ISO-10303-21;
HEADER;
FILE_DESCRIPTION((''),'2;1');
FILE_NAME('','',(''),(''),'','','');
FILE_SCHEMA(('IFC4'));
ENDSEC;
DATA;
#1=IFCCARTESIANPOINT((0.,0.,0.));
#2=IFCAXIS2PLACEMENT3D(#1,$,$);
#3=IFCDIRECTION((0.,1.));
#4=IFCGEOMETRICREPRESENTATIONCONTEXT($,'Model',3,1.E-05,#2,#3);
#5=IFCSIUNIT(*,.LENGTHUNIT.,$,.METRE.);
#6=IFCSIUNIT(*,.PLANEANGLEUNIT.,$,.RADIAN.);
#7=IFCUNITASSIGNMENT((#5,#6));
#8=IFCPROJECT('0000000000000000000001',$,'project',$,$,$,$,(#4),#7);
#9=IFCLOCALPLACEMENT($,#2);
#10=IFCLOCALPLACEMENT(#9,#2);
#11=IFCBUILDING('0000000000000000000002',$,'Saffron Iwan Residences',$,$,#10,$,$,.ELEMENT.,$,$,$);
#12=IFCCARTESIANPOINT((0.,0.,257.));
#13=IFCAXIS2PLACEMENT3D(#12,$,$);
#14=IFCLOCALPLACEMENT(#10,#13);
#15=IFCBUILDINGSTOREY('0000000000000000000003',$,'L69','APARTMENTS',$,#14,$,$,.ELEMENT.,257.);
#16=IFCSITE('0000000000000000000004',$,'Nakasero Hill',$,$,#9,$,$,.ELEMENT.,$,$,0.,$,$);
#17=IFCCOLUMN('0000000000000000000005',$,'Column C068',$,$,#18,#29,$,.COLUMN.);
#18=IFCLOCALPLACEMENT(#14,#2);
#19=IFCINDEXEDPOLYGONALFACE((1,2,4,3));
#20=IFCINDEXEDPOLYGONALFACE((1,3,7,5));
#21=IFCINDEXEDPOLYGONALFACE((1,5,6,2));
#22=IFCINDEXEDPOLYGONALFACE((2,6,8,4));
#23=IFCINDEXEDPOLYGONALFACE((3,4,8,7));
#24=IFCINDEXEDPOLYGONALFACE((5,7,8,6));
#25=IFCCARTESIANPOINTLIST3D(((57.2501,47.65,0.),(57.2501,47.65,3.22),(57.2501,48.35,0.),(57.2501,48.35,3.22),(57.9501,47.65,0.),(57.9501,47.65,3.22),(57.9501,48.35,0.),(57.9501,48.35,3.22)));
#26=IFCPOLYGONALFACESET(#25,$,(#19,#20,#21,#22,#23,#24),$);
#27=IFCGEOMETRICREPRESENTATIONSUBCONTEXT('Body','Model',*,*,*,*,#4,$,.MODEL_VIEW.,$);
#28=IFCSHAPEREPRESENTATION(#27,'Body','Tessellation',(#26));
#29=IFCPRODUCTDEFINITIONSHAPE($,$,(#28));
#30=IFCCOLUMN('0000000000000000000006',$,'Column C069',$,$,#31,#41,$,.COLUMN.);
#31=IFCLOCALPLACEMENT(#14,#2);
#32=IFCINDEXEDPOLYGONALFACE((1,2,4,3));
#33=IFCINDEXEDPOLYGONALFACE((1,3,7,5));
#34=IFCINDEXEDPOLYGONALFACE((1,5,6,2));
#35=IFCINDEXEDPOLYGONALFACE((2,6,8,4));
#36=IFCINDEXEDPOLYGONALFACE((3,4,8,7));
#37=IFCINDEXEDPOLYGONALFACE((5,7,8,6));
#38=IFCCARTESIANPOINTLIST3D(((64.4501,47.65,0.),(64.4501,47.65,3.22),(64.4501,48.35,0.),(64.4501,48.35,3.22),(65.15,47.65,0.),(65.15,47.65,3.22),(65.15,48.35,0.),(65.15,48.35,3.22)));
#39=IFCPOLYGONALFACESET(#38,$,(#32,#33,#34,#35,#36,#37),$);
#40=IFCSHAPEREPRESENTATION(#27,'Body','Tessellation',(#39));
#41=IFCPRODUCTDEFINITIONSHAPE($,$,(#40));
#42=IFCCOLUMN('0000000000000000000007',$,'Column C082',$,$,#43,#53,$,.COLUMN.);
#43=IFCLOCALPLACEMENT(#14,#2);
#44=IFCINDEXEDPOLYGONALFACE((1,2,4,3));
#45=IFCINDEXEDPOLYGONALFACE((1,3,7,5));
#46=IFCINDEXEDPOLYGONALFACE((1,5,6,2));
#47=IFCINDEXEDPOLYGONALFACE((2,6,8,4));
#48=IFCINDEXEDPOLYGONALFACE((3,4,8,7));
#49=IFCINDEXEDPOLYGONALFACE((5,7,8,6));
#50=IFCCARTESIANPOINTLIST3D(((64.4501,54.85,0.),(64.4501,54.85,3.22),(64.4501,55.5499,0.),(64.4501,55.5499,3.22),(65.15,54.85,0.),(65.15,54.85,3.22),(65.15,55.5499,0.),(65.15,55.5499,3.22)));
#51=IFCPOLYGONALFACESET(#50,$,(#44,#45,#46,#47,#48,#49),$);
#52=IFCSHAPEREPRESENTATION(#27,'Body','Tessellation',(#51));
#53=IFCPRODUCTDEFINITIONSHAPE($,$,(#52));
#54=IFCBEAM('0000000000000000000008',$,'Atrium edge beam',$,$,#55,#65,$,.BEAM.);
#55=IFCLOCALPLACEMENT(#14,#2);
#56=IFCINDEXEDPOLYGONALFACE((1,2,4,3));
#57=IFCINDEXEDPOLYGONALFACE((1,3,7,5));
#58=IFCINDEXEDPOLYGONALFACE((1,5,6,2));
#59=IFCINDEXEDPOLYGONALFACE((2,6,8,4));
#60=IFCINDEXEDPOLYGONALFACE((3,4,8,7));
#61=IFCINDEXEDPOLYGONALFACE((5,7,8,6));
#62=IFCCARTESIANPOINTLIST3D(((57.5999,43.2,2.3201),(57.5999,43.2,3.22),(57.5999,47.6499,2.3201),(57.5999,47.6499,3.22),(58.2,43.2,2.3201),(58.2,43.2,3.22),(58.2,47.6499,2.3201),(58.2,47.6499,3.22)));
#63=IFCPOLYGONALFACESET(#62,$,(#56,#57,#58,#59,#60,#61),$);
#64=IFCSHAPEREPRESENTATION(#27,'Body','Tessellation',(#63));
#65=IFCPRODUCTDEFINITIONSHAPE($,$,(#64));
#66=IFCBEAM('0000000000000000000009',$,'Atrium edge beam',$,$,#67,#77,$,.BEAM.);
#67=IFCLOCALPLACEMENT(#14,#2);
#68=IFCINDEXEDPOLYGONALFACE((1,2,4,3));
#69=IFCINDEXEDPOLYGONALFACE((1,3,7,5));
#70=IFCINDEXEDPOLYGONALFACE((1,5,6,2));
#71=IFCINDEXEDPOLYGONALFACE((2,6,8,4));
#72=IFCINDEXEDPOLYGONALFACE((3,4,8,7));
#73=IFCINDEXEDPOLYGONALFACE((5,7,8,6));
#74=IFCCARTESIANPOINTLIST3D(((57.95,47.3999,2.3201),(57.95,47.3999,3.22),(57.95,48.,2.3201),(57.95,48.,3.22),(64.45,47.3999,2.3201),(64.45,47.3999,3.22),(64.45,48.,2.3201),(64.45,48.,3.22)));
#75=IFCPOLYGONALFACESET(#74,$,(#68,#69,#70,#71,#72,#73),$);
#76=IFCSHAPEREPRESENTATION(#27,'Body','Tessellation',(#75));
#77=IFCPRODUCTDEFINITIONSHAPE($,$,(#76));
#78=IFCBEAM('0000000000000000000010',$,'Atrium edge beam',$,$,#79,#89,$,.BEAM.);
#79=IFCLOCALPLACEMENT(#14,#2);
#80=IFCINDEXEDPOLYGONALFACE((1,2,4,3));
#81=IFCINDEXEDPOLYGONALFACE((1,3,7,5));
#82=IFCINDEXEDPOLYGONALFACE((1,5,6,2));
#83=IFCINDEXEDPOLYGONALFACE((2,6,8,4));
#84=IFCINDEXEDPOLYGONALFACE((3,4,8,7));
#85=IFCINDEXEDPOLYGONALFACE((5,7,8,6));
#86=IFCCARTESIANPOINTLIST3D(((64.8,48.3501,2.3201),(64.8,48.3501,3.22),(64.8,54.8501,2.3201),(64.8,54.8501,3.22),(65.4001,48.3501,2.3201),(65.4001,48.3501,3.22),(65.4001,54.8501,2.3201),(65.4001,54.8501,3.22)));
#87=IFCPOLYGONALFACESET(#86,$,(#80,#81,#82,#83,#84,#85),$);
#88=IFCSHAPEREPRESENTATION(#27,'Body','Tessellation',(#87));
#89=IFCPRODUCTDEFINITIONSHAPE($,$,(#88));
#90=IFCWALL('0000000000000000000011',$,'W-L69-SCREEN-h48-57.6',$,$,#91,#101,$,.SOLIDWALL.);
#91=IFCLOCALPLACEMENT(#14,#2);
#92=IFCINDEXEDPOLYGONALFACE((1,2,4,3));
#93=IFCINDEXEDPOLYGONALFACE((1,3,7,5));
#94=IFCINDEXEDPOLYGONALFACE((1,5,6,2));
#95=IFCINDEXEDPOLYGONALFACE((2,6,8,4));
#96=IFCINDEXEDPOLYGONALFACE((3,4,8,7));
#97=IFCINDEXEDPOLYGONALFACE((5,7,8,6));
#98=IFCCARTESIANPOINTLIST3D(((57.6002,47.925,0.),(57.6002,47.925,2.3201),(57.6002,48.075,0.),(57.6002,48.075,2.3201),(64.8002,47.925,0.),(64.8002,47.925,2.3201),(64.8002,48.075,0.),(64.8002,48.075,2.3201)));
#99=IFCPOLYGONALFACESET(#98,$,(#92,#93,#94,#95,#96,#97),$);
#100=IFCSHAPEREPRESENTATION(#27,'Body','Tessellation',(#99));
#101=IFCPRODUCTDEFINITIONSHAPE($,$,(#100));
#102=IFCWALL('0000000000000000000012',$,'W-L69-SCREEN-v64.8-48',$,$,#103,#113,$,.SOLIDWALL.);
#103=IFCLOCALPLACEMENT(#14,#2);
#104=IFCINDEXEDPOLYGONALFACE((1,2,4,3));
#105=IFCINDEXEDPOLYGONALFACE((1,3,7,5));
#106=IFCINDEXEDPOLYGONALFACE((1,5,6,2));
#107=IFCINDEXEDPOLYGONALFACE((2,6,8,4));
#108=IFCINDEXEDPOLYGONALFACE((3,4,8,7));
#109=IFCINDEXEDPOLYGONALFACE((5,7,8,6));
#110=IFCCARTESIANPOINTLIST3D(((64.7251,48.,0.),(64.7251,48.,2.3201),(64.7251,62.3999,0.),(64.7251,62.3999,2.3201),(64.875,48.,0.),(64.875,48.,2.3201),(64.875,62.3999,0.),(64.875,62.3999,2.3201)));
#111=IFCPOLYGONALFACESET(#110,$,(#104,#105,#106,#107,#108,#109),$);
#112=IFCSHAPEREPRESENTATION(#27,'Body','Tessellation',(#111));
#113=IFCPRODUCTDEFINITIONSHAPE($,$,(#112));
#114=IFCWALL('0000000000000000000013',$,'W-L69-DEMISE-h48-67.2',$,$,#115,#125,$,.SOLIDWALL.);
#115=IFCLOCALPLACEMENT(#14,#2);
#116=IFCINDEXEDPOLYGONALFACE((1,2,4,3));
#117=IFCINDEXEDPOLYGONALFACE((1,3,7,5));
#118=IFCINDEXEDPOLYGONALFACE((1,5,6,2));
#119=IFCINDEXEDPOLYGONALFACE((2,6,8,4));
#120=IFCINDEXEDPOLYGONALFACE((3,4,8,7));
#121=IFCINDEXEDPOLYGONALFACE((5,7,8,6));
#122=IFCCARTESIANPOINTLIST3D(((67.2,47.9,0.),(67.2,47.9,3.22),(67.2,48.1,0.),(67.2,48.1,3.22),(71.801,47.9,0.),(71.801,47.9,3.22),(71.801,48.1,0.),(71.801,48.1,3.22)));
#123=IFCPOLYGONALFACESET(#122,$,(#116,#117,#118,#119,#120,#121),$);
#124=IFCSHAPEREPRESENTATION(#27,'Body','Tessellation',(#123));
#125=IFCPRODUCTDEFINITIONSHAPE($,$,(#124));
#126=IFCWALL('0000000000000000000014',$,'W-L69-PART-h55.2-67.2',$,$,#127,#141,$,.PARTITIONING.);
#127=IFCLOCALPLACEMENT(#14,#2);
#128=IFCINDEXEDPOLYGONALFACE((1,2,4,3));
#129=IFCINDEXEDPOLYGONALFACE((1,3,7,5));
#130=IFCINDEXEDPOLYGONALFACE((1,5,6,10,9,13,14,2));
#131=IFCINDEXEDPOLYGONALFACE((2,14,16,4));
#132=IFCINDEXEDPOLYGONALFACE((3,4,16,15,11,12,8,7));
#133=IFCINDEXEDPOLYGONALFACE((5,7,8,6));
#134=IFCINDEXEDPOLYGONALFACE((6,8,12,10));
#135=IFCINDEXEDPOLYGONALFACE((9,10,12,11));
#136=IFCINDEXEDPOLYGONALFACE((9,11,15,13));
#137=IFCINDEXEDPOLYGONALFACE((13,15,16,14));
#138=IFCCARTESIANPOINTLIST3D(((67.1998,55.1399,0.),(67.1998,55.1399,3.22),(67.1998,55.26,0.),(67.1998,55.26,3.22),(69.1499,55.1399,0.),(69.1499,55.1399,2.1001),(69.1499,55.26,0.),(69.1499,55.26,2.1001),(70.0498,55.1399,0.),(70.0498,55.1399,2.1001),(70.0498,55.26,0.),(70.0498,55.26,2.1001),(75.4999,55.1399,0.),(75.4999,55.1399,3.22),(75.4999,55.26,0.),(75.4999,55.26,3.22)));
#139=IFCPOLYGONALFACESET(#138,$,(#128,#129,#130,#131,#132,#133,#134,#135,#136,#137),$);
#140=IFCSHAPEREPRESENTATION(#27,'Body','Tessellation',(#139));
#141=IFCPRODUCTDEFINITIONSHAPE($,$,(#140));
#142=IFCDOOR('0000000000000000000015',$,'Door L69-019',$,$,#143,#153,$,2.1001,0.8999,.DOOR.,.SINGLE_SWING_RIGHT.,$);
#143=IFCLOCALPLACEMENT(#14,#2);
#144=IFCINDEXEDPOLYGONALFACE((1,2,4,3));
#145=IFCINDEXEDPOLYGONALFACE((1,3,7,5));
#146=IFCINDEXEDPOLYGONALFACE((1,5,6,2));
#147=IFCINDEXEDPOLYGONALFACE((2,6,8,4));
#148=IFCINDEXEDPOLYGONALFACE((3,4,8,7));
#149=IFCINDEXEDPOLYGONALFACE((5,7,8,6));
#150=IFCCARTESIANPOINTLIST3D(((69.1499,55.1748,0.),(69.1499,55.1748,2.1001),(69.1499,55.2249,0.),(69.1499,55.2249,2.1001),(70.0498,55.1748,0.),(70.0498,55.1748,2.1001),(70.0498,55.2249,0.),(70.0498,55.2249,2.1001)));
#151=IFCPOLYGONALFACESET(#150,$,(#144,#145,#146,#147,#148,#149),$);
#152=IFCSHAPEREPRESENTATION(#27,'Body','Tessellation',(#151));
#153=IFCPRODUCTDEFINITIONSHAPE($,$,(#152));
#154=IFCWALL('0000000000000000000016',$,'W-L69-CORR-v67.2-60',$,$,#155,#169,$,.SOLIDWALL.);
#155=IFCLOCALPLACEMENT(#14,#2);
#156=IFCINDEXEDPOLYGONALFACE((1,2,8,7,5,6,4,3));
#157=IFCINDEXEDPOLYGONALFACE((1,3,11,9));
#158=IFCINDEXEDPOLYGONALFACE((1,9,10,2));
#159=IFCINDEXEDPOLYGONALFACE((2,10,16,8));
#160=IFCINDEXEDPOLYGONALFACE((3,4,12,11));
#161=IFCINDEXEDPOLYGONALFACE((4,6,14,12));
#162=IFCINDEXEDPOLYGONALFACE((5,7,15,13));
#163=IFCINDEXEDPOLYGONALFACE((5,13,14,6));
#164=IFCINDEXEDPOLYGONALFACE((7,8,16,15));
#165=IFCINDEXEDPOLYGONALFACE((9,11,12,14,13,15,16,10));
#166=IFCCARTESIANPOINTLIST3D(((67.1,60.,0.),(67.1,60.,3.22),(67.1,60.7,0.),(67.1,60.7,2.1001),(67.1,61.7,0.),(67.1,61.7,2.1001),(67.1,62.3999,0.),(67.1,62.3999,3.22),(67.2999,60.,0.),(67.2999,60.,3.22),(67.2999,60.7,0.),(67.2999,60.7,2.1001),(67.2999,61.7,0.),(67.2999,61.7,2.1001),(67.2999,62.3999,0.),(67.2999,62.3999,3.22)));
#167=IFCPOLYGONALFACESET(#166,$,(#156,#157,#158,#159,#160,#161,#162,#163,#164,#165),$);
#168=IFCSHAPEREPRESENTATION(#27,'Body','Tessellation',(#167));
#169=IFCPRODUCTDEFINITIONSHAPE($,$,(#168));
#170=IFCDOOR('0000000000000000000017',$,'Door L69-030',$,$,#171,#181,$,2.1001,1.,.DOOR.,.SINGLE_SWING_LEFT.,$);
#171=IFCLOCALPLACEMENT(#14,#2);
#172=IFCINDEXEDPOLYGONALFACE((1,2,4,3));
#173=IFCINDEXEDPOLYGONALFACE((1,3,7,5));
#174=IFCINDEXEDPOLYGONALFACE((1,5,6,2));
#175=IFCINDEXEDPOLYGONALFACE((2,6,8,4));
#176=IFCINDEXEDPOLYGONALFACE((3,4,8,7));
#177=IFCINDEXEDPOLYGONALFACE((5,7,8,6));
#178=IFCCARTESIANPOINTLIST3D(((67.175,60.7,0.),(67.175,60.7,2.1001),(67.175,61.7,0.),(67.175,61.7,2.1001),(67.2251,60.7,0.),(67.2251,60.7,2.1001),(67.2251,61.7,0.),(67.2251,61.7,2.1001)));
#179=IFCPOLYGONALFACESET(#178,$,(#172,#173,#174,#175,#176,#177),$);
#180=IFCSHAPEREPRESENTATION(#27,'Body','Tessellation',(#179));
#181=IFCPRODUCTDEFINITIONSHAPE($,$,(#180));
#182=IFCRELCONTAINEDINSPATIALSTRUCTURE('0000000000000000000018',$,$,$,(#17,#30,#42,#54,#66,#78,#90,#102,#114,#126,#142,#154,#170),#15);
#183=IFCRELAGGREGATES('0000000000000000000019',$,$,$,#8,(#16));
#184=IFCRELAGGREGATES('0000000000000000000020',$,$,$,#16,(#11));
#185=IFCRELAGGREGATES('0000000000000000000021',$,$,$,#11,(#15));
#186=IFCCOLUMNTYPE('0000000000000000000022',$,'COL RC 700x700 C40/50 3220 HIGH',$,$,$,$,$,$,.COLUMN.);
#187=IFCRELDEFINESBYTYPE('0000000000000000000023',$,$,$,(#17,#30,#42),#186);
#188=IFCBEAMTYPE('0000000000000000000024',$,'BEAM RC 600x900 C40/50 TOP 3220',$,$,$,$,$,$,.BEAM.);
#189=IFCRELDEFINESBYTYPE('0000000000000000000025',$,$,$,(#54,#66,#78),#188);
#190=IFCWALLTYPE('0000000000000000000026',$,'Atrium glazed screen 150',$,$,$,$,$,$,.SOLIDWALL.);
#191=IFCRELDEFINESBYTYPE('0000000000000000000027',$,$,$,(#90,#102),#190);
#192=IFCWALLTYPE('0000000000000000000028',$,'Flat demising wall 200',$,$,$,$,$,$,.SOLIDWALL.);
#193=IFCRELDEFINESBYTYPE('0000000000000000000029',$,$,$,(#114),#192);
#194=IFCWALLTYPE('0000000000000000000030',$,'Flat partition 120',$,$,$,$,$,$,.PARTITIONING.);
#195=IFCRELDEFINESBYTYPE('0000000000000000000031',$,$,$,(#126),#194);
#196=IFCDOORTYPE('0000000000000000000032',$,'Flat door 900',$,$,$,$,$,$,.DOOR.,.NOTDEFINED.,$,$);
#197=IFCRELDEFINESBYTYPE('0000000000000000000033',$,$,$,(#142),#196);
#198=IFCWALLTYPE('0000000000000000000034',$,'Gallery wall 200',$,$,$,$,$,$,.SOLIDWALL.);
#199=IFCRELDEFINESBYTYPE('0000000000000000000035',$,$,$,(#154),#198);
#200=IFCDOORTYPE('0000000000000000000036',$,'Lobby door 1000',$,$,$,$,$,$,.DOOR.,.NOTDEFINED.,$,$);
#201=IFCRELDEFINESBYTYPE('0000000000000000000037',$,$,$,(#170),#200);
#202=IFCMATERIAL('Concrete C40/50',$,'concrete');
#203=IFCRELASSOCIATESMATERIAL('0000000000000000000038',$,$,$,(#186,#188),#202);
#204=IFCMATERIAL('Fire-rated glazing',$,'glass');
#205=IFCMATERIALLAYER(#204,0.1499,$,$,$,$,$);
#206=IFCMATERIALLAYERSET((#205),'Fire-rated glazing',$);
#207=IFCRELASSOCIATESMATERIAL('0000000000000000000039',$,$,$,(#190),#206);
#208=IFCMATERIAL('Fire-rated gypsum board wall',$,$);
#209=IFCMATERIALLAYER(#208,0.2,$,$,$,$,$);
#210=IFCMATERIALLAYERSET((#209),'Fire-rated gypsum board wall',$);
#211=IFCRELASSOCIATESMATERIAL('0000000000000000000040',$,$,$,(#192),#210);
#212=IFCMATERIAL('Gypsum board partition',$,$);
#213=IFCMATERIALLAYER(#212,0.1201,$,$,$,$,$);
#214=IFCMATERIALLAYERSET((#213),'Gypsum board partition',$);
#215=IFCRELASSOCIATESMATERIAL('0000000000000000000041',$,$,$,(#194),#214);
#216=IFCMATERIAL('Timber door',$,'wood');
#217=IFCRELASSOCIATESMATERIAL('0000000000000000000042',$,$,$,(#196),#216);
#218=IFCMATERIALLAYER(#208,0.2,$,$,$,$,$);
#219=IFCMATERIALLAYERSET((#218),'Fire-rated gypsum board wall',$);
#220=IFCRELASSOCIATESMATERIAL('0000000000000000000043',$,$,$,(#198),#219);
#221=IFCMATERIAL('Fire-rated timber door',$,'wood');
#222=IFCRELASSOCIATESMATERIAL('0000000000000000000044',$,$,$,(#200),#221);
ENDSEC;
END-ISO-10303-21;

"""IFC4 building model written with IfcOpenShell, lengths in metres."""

from ifc_helpers import new_model, si_unit, direction, frame, frame_2d, origin, origin_2d, place, context, subcontext, project, spatial, rectangle, extrude, source, transform, mapped, material, layer, layer_set, material_profile, profile_set, type_object, element, fill, save


model = new_model("IFC4")

# Units and contexts
model_context = context("Model", 3, precision=1e-05, world=origin(), true_north=direction((0.0, 1.0)))
body_context = subcontext(model_context, "Body", "Model", "MODEL_VIEW")
ifc_project = project(units=[si_unit("LENGTHUNIT", "METRE"), si_unit("PLANEANGLEUNIT", "RADIAN")], contexts=[model_context])

# Site, building, storey
site_placement = place(None, origin())
site = spatial("IfcSite", under=ifc_project, at=site_placement, Name="Nakasero Hill", CompositionType="ELEMENT", RefElevation=0.0)
building_placement = place(site_placement, origin())
building = spatial("IfcBuilding", under=site, at=building_placement, Name="Saffron Iwan Residences", CompositionType="ELEMENT")
storey_placement = place(building_placement, frame((0.0, 0.0, 257.0)))
storey = spatial("IfcBuildingStorey", under=building, at=storey_placement, Name="L69", Description="APARTMENTS", CompositionType="ELEMENT", Elevation=257.0)

# Columns
ifc_material_1 = material(Name="Concrete C40/50", Category="concrete")
ifc_material_profile_1 = material_profile(ifc_material_1, rectangle(XDim=0.7, YDim=0.7, at=origin_2d()), Name="RC 700x700")
ifc_profile_set_1 = profile_set([ifc_material_profile_1], Name="Concrete C40/50")
column_type = type_object("IfcColumnType", Name="COL RC 700x700 C40/50 3220 HIGH", PredefinedType="COLUMN", material=ifc_profile_set_1)
shared_shape_1 = source(origin(), body_context, "Body", "SweptSolid", [
    extrude(rectangle(XDim=0.7, YDim=0.7, at=origin_2d()), origin(), (0.0, 0.0, 1.0), 3.22),
])
for number, where, z_axis, x_axis, name in (
    (1, (57.6001, 48.0, 0.0), (0.0, 0.0, 1.0), (1.0, 0.0, 0.0), "Column C068"),
    (2, (64.8, 48.0, 0.0), (0.0, 0.0, 1.0), (1.0, 0.0, 0.0), "Column C069"),
    (3, (64.8, 55.2, 0.0), (0.0, 0.0, 1.0), (1.0, 0.0, 0.0), "Column C082"),
):
    element("IfcColumn", number, at=place(storey_placement, frame(where, z_axis=z_axis, x_axis=x_axis)), inside=storey, type_object=column_type, Name=name, PredefinedType="COLUMN", context=body_context, shape_type="MappedRepresentation", body=[
        mapped(shared_shape_1, transform((0.0, 0.0, 0.0))),
    ])

# Beams
ifc_material_profile_2 = material_profile(ifc_material_1, rectangle(XDim=0.6001, YDim=0.8999, at=origin_2d()), Name="RC 600x900")
ifc_profile_set_2 = profile_set([ifc_material_profile_2], Name="Concrete C40/50")
beam_type = type_object("IfcBeamType", Name="BEAM RC 600x900 C40/50 TOP 3220", PredefinedType="BEAM", material=ifc_profile_set_2)
shared_shape_2 = source(origin(), body_context, "Body", "SweptSolid", [
    extrude(rectangle(XDim=0.6001, YDim=0.8999, at=origin_2d()), origin(), (0.0, 0.0, 1.0), 4.45),
])
beam_placement = place(storey_placement, frame((57.8999, 47.6499, 2.77), z_axis=(0.0, -1.0, 0.0), x_axis=(1.0, 0.0, 0.0)))
element("IfcBeam", 4, at=beam_placement, inside=storey, type_object=beam_type, Name="Atrium edge beam", PredefinedType="BEAM", context=body_context, shape_type="MappedRepresentation", body=[
    mapped(shared_shape_2, transform((0.0, 0.0, 0.0))),
])
shared_shape_3 = source(origin(), body_context, "Body", "SweptSolid", [
    extrude(rectangle(XDim=0.6001, YDim=0.8999, at=origin_2d()), origin(), (0.0, 0.0, 1.0), 6.5),
])
for number, where, z_axis, x_axis, name in (
    (5, (64.45, 47.7, 2.77), (-1.0, 0.0, 0.0), (0.0, -1.0, 0.0), "Atrium edge beam"),
    (6, (65.1001, 54.8501, 2.77), (0.0, -1.0, 0.0), (1.0, 0.0, 0.0), "Atrium edge beam"),
):
    element("IfcBeam", number, at=place(storey_placement, frame(where, z_axis=z_axis, x_axis=x_axis)), inside=storey, type_object=beam_type, Name=name, PredefinedType="BEAM", context=body_context, shape_type="MappedRepresentation", body=[
        mapped(shared_shape_3, transform((0.0, 0.0, 0.0))),
    ])

# Walls
ifc_material_2 = material(Name="Fire-rated glazing", Category="glass")
ifc_layer_1 = layer(ifc_material_2, 0.1499)
ifc_layer_set_1 = layer_set([ifc_layer_1], Name="Fire-rated glazing")
wall_type_1 = type_object("IfcWallType", Name="Atrium glazed screen 150", PredefinedType="SOLIDWALL", material=ifc_layer_set_1)
wall_1_placement = place(storey_placement, frame((57.6001, 48.0, 0.0), z_axis=(0.0, 0.0, 1.0), x_axis=(1.0, 0.0, 0.0)))
element("IfcWall", 7, at=wall_1_placement, inside=storey, type_object=wall_type_1, Name="W-L69-SCREEN-h48-57.6", PredefinedType="SOLIDWALL", context=body_context, shape_type="SweptSolid", body=[
    extrude(rectangle(XDim=7.2, YDim=0.1499, at=frame_2d((3.6001, 0.0))), origin(), (0.0, 0.0, 1.0), 2.3201),
])
wall_2_placement = place(storey_placement, frame((64.8, 48.0, 0.0), z_axis=(0.0, 0.0, 1.0), x_axis=(0.0, 1.0, 0.0)))
element("IfcWall", 8, at=wall_2_placement, inside=storey, type_object=wall_type_1, Name="W-L69-SCREEN-v64.8-48", PredefinedType="SOLIDWALL", context=body_context, shape_type="SweptSolid", body=[
    extrude(rectangle(XDim=14.3999, YDim=0.1499, at=frame_2d((7.2, 0.0))), origin(), (0.0, 0.0, 1.0), 2.3201),
])
ifc_material_3 = material(Name="Fire-rated gypsum board wall")
ifc_layer_2 = layer(ifc_material_3, 0.2)
ifc_layer_set_2 = layer_set([ifc_layer_2], Name="Fire-rated gypsum board wall")
wall_type_2 = type_object("IfcWallType", Name="Flat demising wall 200", PredefinedType="SOLIDWALL", material=ifc_layer_set_2)
wall_3_placement = place(storey_placement, frame((67.2, 48.0, 0.0), z_axis=(0.0, 0.0, 1.0), x_axis=(1.0, 0.0, 0.0)))
element("IfcWall", 9, at=wall_3_placement, inside=storey, type_object=wall_type_2, Name="W-L69-DEMISE-h48-67.2", PredefinedType="SOLIDWALL", context=body_context, shape_type="SweptSolid", body=[
    extrude(rectangle(XDim=4.6011, YDim=0.2, at=frame_2d((2.3005, 0.0))), origin(), (0.0, 0.0, 1.0), 3.22),
])

# Walls, openings, doors
ifc_material_4 = material(Name="Gypsum board partition")
ifc_layer_3 = layer(ifc_material_4, 0.1201)
ifc_layer_set_3 = layer_set([ifc_layer_3], Name="Gypsum board partition")
wall_type_3 = type_object("IfcWallType", Name="Flat partition 120", PredefinedType="PARTITIONING", material=ifc_layer_set_3)
wall_4_placement = place(storey_placement, frame((67.2, 55.2, 0.0), z_axis=(0.0, 0.0, 1.0), x_axis=(1.0, 0.0, 0.0)))
wall_4 = element("IfcWall", 10, at=wall_4_placement, inside=storey, type_object=wall_type_3, Name="W-L69-PART-h55.2-67.2", PredefinedType="PARTITIONING", context=body_context, shape_type="SweptSolid", body=[
    extrude(rectangle(XDim=8.3, YDim=0.1201, at=frame_2d((4.1499, 0.0))), origin(), (0.0, 0.0, 1.0), 3.22),
])
opening_1_placement = place(wall_4_placement, frame((1.95, 0.0, 0.0)))
opening_1 = element("IfcOpeningElement", 11, at=opening_1_placement, cuts=wall_4, PredefinedType="OPENING", context=body_context, shape_type="SweptSolid", body=[
    extrude(rectangle(XDim=0.8999, YDim=2.1001, at=frame_2d((0.45, 1.05))), frame((0.0, 0.0701, 0.0), z_axis=(0.0, -1.0, 0.0), x_axis=(1.0, 0.0, 0.0)), (0.0, 0.0, 1.0), 0.1401),
])
ifc_material_5 = material(Name="Timber door", Category="wood")
door_type_1 = type_object("IfcDoorType", Name="Flat door 900", OperationType="NOTDEFINED", PredefinedType="DOOR", material=ifc_material_5)
door_1_placement = place(opening_1_placement, origin())
door_1 = element("IfcDoor", 12, at=door_1_placement, inside=storey, type_object=door_type_1, Name="Door L69-019", OperationType="SINGLE_SWING_RIGHT", OverallHeight=2.1001, OverallWidth=0.8999, PredefinedType="DOOR", context=body_context, shape_type="SweptSolid", body=[
    extrude(rectangle(XDim=0.8999, YDim=2.1001, at=frame_2d((0.45, 1.05))), frame((0.0, 0.0249, 0.0), z_axis=(0.0, -1.0, 0.0), x_axis=(1.0, 0.0, 0.0)), (0.0, 0.0, 1.0), 0.05),
])
fill(opening_1, door_1)
ifc_layer_4 = layer(ifc_material_3, 0.2)
ifc_layer_set_4 = layer_set([ifc_layer_4], Name="Fire-rated gypsum board wall")
wall_type_4 = type_object("IfcWallType", Name="Gallery wall 200", PredefinedType="SOLIDWALL", material=ifc_layer_set_4)
wall_5_placement = place(storey_placement, frame((67.2, 60.0, 0.0), z_axis=(0.0, 0.0, 1.0), x_axis=(0.0, 1.0, 0.0)))
wall_5 = element("IfcWall", 13, at=wall_5_placement, inside=storey, type_object=wall_type_4, Name="W-L69-CORR-v67.2-60", PredefinedType="SOLIDWALL", context=body_context, shape_type="SweptSolid", body=[
    extrude(rectangle(XDim=2.3999, YDim=0.2, at=frame_2d((1.2, 0.0))), origin(), (0.0, 0.0, 1.0), 3.22),
])
opening_2_placement = place(wall_5_placement, frame((0.7, 0.0, 0.0)))
opening_2 = element("IfcOpeningElement", 14, at=opening_2_placement, cuts=wall_5, PredefinedType="OPENING", context=body_context, shape_type="SweptSolid", body=[
    extrude(rectangle(XDim=1.0, YDim=2.1001, at=frame_2d((0.5, 1.05))), frame((0.0, 0.1099, 0.0), z_axis=(0.0, -1.0, 0.0), x_axis=(1.0, 0.0, 0.0)), (0.0, 0.0, 1.0), 0.22),
])
ifc_material_6 = material(Name="Fire-rated timber door", Category="wood")
door_type_2 = type_object("IfcDoorType", Name="Lobby door 1000", OperationType="NOTDEFINED", PredefinedType="DOOR", material=ifc_material_6)
door_2_placement = place(opening_2_placement, origin())
door_2 = element("IfcDoor", 15, at=door_2_placement, inside=storey, type_object=door_type_2, Name="Door L69-030", OperationType="SINGLE_SWING_LEFT", OverallHeight=2.1001, OverallWidth=1.0, PredefinedType="DOOR", context=body_context, shape_type="SweptSolid", body=[
    extrude(rectangle(XDim=1.0, YDim=2.1001, at=frame_2d((0.5, 1.05))), frame((0.0, 0.0249, 0.0), z_axis=(0.0, -1.0, 0.0), x_axis=(1.0, 0.0, 0.0)), (0.0, 0.0, 1.0), 0.05),
])
fill(opening_2, door_2)

save(model, "model.ifc")
